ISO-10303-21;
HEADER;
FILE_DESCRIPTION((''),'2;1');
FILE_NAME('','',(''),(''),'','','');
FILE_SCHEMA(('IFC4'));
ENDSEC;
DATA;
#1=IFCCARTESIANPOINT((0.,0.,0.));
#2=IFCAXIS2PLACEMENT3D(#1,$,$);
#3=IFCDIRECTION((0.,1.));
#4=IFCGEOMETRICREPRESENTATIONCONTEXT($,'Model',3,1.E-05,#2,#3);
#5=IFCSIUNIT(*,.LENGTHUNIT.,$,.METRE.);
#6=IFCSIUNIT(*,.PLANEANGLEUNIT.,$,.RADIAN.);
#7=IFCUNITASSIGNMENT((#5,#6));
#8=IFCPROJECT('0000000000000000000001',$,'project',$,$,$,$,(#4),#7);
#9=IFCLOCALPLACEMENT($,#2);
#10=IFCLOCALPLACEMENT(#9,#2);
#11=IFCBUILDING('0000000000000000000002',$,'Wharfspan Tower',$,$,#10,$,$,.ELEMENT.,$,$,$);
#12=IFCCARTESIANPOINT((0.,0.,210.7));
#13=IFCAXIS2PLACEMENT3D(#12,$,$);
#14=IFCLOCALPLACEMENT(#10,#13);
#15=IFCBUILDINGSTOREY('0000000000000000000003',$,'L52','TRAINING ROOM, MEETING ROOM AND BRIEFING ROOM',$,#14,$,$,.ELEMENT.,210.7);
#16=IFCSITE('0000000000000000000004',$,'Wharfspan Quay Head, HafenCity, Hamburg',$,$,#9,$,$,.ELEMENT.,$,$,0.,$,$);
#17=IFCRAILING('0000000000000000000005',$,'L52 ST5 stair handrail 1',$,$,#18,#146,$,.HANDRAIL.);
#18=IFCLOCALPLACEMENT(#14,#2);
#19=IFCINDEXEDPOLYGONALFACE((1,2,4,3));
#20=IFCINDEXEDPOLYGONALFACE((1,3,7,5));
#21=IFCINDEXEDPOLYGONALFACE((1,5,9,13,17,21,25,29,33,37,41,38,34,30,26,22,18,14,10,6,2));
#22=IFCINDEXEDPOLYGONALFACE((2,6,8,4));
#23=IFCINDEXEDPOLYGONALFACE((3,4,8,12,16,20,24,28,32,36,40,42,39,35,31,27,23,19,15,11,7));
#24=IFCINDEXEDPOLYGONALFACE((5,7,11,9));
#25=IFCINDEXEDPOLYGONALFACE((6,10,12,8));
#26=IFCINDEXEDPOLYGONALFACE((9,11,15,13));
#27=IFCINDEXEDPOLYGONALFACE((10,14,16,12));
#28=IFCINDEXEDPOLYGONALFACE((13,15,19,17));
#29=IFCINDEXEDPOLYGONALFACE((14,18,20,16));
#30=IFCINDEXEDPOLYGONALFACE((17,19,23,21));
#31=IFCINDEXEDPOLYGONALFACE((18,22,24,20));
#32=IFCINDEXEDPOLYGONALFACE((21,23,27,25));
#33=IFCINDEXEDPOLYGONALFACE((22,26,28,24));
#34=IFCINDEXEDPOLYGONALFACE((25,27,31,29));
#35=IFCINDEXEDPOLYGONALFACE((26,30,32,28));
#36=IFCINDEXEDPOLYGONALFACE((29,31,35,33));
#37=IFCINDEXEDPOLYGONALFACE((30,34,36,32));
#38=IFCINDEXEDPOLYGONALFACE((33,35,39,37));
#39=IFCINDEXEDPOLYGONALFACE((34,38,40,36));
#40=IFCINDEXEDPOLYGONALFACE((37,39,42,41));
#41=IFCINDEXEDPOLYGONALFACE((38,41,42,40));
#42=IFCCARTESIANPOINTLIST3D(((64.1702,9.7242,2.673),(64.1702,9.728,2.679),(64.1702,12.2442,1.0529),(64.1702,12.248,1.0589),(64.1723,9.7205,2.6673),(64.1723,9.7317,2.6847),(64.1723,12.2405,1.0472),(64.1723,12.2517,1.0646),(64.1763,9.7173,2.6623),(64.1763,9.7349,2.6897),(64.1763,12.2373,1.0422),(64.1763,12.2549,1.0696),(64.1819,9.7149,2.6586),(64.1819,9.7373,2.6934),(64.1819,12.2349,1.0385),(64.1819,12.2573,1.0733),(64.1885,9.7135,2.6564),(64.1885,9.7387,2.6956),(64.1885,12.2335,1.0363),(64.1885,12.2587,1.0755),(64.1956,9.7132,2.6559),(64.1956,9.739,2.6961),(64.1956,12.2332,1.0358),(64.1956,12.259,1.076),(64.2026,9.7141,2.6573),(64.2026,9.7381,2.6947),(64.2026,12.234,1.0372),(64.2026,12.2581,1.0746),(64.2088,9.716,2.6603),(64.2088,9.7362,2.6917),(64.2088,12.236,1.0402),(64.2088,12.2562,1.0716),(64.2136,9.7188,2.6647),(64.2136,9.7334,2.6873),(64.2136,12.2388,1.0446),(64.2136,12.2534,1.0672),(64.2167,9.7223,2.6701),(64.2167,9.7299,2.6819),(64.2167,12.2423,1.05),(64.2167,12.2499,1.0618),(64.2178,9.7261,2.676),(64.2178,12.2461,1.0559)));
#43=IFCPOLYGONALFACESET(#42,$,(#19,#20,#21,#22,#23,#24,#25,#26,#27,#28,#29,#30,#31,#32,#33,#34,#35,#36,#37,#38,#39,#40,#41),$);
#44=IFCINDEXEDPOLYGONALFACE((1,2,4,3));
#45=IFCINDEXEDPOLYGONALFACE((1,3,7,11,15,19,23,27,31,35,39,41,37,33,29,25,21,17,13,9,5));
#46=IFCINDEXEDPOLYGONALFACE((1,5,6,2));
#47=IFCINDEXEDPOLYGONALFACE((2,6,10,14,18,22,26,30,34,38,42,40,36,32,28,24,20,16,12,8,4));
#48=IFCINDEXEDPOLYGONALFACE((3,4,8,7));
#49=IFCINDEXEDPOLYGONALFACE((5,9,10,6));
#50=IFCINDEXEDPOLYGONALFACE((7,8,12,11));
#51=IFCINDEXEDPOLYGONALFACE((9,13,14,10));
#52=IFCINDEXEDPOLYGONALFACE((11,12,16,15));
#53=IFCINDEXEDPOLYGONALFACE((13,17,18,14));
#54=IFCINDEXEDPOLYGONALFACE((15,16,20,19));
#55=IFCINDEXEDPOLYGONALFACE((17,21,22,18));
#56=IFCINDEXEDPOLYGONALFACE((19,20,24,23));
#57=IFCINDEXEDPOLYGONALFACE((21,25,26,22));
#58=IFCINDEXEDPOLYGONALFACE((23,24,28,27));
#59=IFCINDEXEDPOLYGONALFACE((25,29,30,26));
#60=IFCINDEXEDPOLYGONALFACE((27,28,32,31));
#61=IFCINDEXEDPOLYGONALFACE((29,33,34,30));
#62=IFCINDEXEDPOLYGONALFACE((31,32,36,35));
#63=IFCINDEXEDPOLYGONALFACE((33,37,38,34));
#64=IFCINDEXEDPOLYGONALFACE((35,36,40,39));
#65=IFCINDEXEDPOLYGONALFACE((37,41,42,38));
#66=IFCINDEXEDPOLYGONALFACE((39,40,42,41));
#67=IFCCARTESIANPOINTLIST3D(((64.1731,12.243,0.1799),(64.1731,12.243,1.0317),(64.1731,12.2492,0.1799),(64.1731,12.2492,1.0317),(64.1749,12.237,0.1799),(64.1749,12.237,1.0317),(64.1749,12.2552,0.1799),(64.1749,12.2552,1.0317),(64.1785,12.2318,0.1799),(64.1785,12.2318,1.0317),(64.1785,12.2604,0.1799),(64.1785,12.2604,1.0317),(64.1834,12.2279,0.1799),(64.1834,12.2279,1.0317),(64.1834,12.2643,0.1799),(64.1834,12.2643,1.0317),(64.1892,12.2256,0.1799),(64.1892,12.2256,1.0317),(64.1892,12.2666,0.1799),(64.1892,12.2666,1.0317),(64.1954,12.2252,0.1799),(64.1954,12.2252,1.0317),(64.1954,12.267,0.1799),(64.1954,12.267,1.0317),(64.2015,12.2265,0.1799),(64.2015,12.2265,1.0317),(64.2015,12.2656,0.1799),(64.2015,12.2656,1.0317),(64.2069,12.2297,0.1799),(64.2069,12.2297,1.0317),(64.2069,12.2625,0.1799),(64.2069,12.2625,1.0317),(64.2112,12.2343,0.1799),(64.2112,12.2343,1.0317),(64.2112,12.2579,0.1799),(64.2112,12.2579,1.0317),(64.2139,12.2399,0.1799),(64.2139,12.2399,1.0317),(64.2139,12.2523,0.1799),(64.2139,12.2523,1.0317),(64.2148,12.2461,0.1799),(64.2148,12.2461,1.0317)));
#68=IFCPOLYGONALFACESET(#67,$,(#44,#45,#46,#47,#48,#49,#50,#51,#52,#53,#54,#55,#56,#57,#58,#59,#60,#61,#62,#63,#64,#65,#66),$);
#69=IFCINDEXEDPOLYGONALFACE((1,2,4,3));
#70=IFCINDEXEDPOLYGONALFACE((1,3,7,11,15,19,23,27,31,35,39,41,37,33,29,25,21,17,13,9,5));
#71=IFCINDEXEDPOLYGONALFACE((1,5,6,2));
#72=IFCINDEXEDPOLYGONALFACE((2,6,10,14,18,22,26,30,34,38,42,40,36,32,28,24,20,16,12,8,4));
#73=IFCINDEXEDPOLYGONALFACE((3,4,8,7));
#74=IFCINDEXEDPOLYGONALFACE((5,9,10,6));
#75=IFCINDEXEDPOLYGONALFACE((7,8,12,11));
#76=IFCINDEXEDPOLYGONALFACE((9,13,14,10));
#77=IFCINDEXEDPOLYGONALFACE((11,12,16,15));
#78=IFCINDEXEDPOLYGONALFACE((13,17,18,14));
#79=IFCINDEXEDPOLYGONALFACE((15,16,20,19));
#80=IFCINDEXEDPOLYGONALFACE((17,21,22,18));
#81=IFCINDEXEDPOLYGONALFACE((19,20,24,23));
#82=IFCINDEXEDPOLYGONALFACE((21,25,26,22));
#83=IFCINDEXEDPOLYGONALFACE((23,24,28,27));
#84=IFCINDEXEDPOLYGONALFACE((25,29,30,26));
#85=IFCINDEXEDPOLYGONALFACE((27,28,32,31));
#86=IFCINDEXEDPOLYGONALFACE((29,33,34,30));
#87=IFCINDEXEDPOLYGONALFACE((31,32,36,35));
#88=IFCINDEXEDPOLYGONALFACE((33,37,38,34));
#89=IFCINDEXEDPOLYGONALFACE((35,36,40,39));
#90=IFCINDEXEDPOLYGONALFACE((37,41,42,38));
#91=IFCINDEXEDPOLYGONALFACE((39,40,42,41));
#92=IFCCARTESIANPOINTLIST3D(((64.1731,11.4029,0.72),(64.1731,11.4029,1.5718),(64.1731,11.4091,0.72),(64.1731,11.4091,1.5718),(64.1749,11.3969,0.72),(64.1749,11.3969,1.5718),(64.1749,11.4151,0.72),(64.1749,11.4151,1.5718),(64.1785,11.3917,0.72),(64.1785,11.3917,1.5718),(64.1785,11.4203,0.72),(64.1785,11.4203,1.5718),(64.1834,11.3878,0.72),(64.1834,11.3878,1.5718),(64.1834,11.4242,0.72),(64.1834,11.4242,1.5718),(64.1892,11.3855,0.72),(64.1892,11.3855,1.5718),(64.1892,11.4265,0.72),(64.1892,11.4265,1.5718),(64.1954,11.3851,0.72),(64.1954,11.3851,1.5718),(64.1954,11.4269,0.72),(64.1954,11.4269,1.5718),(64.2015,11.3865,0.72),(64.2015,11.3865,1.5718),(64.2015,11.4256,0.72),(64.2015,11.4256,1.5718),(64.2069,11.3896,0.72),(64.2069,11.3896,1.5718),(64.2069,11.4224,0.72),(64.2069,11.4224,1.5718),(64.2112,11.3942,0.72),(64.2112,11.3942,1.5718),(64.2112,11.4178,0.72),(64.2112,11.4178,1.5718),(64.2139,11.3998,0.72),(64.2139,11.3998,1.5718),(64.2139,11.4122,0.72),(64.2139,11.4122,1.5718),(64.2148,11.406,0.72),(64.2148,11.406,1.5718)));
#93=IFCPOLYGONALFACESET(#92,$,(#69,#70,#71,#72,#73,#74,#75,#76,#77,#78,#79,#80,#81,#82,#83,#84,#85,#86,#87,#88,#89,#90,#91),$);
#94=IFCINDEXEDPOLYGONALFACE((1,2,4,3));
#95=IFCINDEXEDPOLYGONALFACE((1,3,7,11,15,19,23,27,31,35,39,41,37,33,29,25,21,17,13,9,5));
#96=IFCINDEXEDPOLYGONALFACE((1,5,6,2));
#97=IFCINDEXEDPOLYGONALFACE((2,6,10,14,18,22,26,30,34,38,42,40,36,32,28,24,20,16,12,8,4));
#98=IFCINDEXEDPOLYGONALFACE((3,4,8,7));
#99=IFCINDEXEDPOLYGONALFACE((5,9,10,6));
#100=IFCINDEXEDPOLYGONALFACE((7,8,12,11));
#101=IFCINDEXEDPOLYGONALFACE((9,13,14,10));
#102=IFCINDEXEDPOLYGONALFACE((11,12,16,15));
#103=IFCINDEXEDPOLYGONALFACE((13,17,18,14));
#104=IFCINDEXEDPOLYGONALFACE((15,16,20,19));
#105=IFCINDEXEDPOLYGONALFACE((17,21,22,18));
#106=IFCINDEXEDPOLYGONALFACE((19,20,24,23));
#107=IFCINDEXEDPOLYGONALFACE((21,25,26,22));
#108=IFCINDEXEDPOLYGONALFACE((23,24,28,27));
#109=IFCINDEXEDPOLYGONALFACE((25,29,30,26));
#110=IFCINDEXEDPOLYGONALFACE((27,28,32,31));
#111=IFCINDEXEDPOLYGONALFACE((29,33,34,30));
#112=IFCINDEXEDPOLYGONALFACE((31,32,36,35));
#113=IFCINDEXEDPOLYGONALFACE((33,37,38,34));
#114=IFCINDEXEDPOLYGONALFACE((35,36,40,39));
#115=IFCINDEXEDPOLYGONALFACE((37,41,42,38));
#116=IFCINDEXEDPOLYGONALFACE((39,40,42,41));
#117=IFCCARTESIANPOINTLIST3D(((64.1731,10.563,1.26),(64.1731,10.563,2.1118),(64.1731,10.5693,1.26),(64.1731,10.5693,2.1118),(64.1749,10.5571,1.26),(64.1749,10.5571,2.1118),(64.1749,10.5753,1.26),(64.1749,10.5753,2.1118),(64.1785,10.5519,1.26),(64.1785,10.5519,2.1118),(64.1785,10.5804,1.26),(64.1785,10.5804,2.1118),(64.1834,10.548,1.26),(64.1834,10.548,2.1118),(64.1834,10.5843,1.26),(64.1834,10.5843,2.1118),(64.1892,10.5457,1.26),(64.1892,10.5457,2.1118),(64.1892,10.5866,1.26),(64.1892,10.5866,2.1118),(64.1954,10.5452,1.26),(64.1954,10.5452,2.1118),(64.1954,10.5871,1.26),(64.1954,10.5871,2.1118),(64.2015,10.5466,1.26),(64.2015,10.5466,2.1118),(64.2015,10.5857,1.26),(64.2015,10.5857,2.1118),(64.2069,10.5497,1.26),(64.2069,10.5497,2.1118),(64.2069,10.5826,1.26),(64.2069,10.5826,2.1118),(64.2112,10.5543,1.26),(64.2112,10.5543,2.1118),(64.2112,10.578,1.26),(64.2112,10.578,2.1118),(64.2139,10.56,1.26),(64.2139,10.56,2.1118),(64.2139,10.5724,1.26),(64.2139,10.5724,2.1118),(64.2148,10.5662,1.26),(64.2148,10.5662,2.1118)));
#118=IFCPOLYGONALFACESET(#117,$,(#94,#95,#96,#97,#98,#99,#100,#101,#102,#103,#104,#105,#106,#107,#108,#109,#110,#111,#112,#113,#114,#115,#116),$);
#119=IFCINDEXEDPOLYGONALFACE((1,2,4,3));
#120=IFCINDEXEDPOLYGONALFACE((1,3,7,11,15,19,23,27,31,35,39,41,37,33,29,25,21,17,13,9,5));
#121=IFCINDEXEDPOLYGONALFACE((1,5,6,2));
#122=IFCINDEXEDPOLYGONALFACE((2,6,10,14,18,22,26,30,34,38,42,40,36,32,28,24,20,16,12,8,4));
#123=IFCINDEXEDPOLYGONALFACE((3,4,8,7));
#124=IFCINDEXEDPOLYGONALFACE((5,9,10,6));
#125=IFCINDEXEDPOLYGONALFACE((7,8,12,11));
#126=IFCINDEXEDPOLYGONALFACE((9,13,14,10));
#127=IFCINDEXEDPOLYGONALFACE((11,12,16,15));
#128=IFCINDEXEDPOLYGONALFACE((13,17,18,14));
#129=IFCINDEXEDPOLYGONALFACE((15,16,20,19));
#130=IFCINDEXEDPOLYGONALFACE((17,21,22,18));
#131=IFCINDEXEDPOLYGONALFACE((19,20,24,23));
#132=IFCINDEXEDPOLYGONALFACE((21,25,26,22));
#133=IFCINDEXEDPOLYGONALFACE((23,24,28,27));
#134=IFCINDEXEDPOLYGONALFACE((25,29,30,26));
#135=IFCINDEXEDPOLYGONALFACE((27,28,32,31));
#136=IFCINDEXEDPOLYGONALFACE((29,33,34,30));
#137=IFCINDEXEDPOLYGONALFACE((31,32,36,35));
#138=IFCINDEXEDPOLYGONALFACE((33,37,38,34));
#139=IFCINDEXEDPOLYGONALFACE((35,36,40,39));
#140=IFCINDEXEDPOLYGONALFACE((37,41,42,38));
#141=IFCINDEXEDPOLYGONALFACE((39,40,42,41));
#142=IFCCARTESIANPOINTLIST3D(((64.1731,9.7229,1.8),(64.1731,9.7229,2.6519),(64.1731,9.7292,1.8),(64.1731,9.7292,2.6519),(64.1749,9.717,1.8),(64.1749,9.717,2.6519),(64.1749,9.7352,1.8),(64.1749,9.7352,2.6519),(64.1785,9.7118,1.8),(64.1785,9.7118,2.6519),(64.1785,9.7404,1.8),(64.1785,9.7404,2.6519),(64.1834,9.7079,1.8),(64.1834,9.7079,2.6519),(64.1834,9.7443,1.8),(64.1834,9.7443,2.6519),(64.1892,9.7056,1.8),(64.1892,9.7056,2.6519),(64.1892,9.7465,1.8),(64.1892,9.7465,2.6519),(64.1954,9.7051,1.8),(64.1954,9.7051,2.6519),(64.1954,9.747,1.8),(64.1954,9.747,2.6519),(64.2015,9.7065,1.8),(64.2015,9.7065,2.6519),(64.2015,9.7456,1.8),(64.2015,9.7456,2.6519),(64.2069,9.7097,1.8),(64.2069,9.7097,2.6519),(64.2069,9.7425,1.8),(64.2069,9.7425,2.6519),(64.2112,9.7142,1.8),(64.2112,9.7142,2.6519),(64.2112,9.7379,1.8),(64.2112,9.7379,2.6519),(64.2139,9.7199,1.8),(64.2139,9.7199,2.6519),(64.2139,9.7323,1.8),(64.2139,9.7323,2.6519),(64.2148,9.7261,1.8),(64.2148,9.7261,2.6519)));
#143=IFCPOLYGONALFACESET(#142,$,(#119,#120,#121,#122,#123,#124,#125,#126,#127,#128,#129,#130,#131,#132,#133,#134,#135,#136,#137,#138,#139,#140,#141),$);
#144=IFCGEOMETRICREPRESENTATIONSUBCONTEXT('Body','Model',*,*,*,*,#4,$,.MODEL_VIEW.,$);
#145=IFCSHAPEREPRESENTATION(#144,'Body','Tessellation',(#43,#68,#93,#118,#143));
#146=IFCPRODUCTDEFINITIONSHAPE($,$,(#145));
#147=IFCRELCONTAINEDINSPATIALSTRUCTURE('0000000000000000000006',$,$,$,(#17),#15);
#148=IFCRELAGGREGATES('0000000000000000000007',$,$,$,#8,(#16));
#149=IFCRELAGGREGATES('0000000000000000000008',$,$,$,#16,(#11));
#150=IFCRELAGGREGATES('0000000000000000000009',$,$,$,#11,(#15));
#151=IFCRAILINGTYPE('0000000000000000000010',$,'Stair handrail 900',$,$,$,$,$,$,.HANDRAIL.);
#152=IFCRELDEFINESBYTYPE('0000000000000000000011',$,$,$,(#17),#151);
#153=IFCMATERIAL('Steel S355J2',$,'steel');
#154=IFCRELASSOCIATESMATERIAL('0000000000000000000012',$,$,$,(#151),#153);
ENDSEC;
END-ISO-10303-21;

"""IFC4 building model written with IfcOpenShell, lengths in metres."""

from ifc_helpers import new_model, si_unit, direction, frame, origin, origin_2d, place, context, subcontext, project, spatial, circle, extrude, material, type_object, element, save


model = new_model("IFC4")

# Units and contexts
model_context = context("Model", 3, precision=1e-05, world=origin(), true_north=direction((0.0, 1.0)))
body_context = subcontext(model_context, "Body", "Model", "MODEL_VIEW")
ifc_project = project(units=[si_unit("LENGTHUNIT", "METRE"), si_unit("PLANEANGLEUNIT", "RADIAN")], contexts=[model_context])

# Site, building, storey
site_placement = place(None, origin())
site = spatial("IfcSite", under=ifc_project, at=site_placement, Name="Wharfspan Quay Head, HafenCity, Hamburg", CompositionType="ELEMENT", RefElevation=0.0)
building_placement = place(site_placement, origin())
building = spatial("IfcBuilding", under=site, at=building_placement, Name="Wharfspan Tower", CompositionType="ELEMENT")
storey_placement = place(building_placement, frame((0.0, 0.0, 210.7)))
storey = spatial("IfcBuildingStorey", under=building, at=storey_placement, Name="L52", Description="TRAINING ROOM, MEETING ROOM AND BRIEFING ROOM", CompositionType="ELEMENT", Elevation=210.7)

# Shared definitions
ifc_material_1 = material(Name="Steel S355J2", Category="steel")

# Railing
railing_type = type_object("IfcRailingType", Name="Stair handrail 900", PredefinedType="HANDRAIL", material=ifc_material_1)
railing_placement = place(storey_placement, frame((64.1938, 12.2461, 0.1799)))
element("IfcRailing", 1, at=railing_placement, inside=storey, type_object=railing_type, Name="L52 ST5 stair handrail 1", PredefinedType="HANDRAIL", context=body_context, shape_type="SweptSolid", body=[
    extrude(circle(Radius=0.0239, at=origin_2d()), frame((0.0, 0.0, 0.876), z_axis=(0.0, -0.841163, 0.540782), x_axis=(1.0, 0.0, 0.0)), (0.0, 0.0, 1.0), 2.9958),
    extrude(circle(Radius=0.021, at=origin_2d()), origin(), (0.0, 0.0, 1.0), 0.8518),
    extrude(circle(Radius=0.021, at=origin_2d()), frame((0.0, -0.8401, 0.54)), (0.0, 0.0, 1.0), 0.8518),
    extrude(circle(Radius=0.021, at=origin_2d()), frame((0.0, -1.6799, 1.0801)), (0.0, 0.0, 1.0), 0.8518),
    extrude(circle(Radius=0.021, at=origin_2d()), frame((0.0, -2.52, 1.6201)), (0.0, 0.0, 1.0), 0.8518),
])

save(model, "model.ifc")
